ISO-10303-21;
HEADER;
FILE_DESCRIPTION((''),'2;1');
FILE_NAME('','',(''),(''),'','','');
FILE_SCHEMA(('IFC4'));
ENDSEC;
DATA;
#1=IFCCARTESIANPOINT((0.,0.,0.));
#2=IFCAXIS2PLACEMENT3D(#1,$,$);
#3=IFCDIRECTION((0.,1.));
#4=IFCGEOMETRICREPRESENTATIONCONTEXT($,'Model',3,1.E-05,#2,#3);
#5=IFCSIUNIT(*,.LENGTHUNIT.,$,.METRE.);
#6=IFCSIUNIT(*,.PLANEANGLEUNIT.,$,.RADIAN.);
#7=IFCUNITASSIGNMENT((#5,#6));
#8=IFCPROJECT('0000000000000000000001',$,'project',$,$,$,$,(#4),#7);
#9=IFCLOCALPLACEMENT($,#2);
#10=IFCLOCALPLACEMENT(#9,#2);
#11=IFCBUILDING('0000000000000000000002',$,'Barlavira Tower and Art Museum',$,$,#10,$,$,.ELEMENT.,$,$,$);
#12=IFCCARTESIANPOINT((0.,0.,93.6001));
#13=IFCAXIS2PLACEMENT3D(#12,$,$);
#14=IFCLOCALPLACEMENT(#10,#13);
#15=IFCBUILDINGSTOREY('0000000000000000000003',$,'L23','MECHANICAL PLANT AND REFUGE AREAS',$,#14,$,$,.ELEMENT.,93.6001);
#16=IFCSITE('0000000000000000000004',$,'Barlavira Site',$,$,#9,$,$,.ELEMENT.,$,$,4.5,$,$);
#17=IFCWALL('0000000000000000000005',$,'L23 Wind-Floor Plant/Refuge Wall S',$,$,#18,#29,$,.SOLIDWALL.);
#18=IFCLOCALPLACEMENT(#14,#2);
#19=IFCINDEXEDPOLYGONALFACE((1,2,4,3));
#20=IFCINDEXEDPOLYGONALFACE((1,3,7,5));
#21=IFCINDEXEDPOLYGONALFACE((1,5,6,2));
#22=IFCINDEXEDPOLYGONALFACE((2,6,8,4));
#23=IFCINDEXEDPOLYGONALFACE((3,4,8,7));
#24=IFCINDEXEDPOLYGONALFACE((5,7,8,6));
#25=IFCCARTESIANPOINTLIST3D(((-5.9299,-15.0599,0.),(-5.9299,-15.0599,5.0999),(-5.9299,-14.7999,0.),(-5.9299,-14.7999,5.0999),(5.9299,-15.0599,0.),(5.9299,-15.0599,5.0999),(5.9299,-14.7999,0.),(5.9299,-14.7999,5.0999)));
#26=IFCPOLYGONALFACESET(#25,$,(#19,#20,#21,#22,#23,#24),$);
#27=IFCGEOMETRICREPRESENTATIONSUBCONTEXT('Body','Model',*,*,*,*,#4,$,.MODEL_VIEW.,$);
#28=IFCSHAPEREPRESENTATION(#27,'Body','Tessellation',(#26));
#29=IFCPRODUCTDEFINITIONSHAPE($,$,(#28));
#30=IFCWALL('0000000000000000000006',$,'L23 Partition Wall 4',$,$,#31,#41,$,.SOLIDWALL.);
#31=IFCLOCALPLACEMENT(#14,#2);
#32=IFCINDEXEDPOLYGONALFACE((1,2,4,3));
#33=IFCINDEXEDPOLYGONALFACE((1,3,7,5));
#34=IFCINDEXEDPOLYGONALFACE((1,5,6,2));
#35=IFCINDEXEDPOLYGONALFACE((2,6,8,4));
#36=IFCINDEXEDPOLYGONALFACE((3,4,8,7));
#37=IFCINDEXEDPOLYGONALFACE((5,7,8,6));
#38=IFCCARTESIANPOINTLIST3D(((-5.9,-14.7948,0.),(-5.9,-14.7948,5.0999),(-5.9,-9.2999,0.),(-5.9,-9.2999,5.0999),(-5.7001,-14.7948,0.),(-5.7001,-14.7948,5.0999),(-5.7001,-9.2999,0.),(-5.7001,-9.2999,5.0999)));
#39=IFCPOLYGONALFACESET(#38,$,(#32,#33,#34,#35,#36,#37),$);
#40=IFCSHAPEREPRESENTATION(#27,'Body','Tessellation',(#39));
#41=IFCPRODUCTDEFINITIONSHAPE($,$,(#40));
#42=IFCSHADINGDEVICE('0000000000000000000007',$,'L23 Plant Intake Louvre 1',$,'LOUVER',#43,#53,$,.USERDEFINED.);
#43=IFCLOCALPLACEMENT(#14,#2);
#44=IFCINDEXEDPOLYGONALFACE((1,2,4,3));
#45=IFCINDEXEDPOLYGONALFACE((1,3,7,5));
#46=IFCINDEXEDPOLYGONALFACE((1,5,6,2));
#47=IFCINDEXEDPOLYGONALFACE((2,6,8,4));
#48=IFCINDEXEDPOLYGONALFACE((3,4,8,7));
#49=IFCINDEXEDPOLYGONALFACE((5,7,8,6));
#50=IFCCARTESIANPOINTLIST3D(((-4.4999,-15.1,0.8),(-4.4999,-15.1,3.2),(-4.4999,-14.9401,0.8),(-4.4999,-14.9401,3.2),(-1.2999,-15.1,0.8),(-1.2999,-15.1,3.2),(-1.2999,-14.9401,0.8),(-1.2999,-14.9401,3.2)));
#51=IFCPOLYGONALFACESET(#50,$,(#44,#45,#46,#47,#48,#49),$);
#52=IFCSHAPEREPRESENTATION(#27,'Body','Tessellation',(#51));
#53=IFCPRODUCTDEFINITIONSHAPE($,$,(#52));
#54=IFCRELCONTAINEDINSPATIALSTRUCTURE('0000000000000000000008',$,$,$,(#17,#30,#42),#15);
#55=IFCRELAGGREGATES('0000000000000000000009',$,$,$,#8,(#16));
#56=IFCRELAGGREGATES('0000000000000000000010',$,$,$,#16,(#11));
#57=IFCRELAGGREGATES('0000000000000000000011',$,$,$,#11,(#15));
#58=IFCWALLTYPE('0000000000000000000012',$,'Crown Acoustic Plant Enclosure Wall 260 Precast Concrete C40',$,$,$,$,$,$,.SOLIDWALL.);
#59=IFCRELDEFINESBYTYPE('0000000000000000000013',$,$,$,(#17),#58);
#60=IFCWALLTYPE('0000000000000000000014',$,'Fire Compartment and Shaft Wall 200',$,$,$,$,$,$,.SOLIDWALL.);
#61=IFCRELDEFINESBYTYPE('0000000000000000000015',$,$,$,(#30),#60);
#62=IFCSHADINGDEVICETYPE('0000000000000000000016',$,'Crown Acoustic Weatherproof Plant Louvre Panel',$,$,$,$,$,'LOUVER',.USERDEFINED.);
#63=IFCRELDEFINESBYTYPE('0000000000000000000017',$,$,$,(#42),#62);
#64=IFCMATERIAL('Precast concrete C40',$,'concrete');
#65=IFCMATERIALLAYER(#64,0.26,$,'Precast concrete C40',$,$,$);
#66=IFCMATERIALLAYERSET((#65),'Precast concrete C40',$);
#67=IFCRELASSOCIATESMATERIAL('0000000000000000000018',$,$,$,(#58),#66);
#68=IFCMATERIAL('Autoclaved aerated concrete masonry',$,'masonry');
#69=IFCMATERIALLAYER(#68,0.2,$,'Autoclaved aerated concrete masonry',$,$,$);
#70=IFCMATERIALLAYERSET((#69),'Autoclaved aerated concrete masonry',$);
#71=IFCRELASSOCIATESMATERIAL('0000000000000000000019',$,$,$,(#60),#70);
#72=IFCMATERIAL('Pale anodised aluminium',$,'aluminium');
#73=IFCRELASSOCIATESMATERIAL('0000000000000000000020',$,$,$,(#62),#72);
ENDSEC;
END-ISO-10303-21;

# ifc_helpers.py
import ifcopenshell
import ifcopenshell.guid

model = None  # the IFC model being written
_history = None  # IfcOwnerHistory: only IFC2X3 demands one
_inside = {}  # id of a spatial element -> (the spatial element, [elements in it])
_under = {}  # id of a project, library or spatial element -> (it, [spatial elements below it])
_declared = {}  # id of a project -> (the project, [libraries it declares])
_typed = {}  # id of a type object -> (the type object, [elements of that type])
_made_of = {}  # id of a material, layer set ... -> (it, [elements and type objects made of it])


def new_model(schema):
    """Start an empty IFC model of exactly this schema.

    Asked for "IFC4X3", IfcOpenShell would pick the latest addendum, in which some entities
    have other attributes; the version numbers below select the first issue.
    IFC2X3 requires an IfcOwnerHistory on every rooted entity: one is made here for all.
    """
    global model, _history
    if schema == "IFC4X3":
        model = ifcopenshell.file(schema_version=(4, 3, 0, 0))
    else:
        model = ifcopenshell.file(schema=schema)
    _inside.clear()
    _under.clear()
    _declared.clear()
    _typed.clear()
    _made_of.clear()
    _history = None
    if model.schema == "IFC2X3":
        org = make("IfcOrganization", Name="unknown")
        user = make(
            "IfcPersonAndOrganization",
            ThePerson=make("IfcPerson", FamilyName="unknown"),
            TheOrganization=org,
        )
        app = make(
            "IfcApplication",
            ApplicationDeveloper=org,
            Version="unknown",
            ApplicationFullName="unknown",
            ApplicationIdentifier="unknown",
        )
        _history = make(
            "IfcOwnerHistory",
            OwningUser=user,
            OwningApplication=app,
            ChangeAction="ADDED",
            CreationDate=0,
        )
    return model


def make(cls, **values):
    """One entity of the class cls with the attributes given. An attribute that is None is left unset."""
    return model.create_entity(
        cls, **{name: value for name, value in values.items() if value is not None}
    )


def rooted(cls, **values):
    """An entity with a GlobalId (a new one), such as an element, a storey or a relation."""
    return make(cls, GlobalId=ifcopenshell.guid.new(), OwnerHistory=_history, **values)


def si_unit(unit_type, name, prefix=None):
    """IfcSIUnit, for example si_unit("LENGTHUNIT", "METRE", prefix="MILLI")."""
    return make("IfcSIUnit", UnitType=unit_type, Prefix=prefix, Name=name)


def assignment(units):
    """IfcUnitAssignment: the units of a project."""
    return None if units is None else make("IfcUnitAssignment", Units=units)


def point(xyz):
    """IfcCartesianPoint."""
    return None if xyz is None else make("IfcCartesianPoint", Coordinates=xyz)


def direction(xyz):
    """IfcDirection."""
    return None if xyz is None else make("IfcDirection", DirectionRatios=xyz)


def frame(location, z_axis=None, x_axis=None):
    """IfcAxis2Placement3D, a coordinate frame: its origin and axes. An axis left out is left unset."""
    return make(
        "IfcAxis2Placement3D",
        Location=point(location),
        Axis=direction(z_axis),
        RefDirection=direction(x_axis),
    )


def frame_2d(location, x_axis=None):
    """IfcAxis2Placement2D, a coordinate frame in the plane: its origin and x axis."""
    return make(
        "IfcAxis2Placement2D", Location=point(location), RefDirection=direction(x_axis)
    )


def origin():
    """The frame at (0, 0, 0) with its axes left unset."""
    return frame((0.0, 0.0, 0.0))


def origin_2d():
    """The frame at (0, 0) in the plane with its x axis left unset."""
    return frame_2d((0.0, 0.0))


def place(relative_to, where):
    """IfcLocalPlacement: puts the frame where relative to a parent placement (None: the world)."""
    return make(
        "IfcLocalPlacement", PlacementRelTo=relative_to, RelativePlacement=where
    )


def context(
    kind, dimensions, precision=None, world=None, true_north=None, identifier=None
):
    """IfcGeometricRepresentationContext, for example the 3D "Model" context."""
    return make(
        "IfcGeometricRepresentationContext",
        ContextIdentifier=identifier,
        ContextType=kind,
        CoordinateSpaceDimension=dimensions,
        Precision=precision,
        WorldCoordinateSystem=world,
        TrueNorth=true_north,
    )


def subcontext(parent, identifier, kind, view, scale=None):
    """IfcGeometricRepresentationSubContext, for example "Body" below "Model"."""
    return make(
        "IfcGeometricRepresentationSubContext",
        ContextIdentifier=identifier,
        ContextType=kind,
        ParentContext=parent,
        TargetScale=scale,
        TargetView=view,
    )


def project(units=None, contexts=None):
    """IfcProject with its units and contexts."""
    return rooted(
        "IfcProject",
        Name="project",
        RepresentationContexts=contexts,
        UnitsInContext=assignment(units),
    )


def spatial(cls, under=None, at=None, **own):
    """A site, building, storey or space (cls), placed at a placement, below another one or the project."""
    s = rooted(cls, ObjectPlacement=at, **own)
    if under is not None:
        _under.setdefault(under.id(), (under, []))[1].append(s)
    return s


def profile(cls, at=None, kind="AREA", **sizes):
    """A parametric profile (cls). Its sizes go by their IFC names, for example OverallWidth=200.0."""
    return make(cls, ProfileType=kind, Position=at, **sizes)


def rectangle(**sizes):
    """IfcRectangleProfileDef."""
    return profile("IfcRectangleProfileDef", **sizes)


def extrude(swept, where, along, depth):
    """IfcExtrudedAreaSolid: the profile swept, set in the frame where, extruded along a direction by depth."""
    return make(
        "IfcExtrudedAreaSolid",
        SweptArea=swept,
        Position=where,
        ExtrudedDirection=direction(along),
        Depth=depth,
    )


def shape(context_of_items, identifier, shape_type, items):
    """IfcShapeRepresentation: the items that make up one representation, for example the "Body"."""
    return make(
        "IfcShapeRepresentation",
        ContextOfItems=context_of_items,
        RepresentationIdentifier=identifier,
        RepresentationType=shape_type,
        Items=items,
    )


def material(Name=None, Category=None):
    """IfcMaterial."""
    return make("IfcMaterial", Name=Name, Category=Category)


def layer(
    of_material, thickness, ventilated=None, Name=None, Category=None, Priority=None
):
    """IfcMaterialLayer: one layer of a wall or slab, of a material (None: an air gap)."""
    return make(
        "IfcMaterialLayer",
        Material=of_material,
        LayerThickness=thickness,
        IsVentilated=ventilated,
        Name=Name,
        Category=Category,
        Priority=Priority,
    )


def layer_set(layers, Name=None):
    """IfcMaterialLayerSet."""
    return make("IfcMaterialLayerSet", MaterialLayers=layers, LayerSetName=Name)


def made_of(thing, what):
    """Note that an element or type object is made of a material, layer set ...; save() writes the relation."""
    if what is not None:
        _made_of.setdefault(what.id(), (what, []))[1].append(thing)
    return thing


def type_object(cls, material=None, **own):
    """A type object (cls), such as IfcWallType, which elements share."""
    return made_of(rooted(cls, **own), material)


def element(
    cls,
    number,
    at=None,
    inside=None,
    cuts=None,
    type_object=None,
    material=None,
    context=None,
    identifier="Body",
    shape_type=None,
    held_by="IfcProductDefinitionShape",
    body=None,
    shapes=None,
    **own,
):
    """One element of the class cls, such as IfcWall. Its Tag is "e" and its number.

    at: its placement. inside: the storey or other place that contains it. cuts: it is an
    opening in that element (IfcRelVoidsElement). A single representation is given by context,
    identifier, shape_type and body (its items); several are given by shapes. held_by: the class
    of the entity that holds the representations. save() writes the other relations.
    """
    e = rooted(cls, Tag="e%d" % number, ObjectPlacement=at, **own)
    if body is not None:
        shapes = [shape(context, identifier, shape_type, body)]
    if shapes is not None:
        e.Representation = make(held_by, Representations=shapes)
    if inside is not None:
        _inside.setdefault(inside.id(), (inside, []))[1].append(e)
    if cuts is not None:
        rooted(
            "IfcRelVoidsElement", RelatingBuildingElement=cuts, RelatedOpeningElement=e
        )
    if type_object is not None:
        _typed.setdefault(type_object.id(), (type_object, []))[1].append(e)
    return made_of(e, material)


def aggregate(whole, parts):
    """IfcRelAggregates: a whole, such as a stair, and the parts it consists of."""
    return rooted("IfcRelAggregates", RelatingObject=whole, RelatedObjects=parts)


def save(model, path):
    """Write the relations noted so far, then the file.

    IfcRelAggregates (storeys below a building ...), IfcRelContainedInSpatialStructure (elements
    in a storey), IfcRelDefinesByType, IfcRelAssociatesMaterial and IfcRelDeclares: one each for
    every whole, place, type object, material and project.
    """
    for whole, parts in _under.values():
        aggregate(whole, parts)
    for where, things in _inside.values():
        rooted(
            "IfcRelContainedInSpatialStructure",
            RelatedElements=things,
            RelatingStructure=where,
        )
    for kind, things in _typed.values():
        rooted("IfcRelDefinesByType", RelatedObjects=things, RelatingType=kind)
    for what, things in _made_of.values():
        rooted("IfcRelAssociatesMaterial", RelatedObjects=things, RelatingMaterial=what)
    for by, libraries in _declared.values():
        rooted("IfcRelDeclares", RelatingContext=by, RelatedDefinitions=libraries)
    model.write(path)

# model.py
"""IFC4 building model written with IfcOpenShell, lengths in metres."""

from ifc_helpers import new_model, si_unit, direction, frame, frame_2d, origin, origin_2d, place, context, subcontext, project, spatial, rectangle, extrude, material, layer, layer_set, type_object, element, save


model = new_model("IFC4")

# Units and contexts
model_context = context("Model", 3, precision=1e-05, world=origin(), true_north=direction((0.0, 1.0)))
body_context = subcontext(model_context, "Body", "Model", "MODEL_VIEW")
ifc_project = project(units=[si_unit("LENGTHUNIT", "METRE"), si_unit("PLANEANGLEUNIT", "RADIAN")], contexts=[model_context])

# Site, building, storey
site_placement = place(None, origin())
site = spatial("IfcSite", under=ifc_project, at=site_placement, Name="Barlavira Site", CompositionType="ELEMENT", RefElevation=4.5)
building_placement = place(site_placement, origin())
building = spatial("IfcBuilding", under=site, at=building_placement, Name="Barlavira Tower and Art Museum", CompositionType="ELEMENT")
storey_placement = place(building_placement, frame((0.0, 0.0, 93.6001)))
storey = spatial("IfcBuildingStorey", under=building, at=storey_placement, Name="L23", Description="MECHANICAL PLANT AND REFUGE AREAS", CompositionType="ELEMENT", Elevation=93.6001)

# Walls
ifc_material_1 = material(Name="Precast concrete C40", Category="concrete")
ifc_layer_1 = layer(ifc_material_1, 0.26, Name="Precast concrete C40")
ifc_layer_set_1 = layer_set([ifc_layer_1], Name="Precast concrete C40")
wall_type_1 = type_object("IfcWallType", Name="Crown Acoustic Plant Enclosure Wall 260 Precast Concrete C40", PredefinedType="SOLIDWALL", material=ifc_layer_set_1)
wall_1_placement = place(storey_placement, frame((-5.9299, -14.9299, 0.0), z_axis=(0.0, 0.0, 1.0), x_axis=(1.0, 0.0, 0.0)))
element("IfcWall", 1, at=wall_1_placement, inside=storey, type_object=wall_type_1, Name="L23 Wind-Floor Plant/Refuge Wall S", PredefinedType="SOLIDWALL", context=body_context, shape_type="SweptSolid", body=[
    extrude(rectangle(XDim=11.8599, YDim=0.26, at=frame_2d((5.9299, 0.0))), origin(), (0.0, 0.0, 1.0), 5.0999),
])
ifc_material_2 = material(Name="Autoclaved aerated concrete masonry", Category="masonry")
ifc_layer_2 = layer(ifc_material_2, 0.2, Name="Autoclaved aerated concrete masonry")
ifc_layer_set_2 = layer_set([ifc_layer_2], Name="Autoclaved aerated concrete masonry")
wall_type_2 = type_object("IfcWallType", Name="Fire Compartment and Shaft Wall 200", PredefinedType="SOLIDWALL", material=ifc_layer_set_2)
wall_2_placement = place(storey_placement, frame((-5.8, -14.7949, 0.0), z_axis=(0.0, 0.0, 1.0), x_axis=(0.0, 1.0, 0.0)))
element("IfcWall", 2, at=wall_2_placement, inside=storey, type_object=wall_type_2, Name="L23 Partition Wall 4", PredefinedType="SOLIDWALL", context=body_context, shape_type="SweptSolid", body=[
    extrude(rectangle(XDim=5.4949, YDim=0.2, at=frame_2d((2.7476, 0.0))), origin(), (0.0, 0.0, 1.0), 5.0999),
])

# Shading device
ifc_material_3 = material(Name="Pale anodised aluminium", Category="aluminium")
shading_device_type = type_object("IfcShadingDeviceType", Name="Crown Acoustic Weatherproof Plant Louvre Panel", ElementType="LOUVER", PredefinedType="USERDEFINED", material=ifc_material_3)
shading_device_placement = place(storey_placement, frame((-2.8999, -15.02, 0.8), z_axis=(0.0, 0.0, 1.0), x_axis=(1.0, 0.0, 0.0)))
element("IfcShadingDevice", 3, at=shading_device_placement, inside=storey, type_object=shading_device_type, Name="L23 Plant Intake Louvre 1", ObjectType="LOUVER", PredefinedType="USERDEFINED", context=body_context, shape_type="SweptSolid", body=[
    extrude(rectangle(XDim=3.2, YDim=0.1599, at=origin_2d()), origin(), (0.0, 0.0, 1.0), 2.3999),
])

save(model, "model.ifc")
